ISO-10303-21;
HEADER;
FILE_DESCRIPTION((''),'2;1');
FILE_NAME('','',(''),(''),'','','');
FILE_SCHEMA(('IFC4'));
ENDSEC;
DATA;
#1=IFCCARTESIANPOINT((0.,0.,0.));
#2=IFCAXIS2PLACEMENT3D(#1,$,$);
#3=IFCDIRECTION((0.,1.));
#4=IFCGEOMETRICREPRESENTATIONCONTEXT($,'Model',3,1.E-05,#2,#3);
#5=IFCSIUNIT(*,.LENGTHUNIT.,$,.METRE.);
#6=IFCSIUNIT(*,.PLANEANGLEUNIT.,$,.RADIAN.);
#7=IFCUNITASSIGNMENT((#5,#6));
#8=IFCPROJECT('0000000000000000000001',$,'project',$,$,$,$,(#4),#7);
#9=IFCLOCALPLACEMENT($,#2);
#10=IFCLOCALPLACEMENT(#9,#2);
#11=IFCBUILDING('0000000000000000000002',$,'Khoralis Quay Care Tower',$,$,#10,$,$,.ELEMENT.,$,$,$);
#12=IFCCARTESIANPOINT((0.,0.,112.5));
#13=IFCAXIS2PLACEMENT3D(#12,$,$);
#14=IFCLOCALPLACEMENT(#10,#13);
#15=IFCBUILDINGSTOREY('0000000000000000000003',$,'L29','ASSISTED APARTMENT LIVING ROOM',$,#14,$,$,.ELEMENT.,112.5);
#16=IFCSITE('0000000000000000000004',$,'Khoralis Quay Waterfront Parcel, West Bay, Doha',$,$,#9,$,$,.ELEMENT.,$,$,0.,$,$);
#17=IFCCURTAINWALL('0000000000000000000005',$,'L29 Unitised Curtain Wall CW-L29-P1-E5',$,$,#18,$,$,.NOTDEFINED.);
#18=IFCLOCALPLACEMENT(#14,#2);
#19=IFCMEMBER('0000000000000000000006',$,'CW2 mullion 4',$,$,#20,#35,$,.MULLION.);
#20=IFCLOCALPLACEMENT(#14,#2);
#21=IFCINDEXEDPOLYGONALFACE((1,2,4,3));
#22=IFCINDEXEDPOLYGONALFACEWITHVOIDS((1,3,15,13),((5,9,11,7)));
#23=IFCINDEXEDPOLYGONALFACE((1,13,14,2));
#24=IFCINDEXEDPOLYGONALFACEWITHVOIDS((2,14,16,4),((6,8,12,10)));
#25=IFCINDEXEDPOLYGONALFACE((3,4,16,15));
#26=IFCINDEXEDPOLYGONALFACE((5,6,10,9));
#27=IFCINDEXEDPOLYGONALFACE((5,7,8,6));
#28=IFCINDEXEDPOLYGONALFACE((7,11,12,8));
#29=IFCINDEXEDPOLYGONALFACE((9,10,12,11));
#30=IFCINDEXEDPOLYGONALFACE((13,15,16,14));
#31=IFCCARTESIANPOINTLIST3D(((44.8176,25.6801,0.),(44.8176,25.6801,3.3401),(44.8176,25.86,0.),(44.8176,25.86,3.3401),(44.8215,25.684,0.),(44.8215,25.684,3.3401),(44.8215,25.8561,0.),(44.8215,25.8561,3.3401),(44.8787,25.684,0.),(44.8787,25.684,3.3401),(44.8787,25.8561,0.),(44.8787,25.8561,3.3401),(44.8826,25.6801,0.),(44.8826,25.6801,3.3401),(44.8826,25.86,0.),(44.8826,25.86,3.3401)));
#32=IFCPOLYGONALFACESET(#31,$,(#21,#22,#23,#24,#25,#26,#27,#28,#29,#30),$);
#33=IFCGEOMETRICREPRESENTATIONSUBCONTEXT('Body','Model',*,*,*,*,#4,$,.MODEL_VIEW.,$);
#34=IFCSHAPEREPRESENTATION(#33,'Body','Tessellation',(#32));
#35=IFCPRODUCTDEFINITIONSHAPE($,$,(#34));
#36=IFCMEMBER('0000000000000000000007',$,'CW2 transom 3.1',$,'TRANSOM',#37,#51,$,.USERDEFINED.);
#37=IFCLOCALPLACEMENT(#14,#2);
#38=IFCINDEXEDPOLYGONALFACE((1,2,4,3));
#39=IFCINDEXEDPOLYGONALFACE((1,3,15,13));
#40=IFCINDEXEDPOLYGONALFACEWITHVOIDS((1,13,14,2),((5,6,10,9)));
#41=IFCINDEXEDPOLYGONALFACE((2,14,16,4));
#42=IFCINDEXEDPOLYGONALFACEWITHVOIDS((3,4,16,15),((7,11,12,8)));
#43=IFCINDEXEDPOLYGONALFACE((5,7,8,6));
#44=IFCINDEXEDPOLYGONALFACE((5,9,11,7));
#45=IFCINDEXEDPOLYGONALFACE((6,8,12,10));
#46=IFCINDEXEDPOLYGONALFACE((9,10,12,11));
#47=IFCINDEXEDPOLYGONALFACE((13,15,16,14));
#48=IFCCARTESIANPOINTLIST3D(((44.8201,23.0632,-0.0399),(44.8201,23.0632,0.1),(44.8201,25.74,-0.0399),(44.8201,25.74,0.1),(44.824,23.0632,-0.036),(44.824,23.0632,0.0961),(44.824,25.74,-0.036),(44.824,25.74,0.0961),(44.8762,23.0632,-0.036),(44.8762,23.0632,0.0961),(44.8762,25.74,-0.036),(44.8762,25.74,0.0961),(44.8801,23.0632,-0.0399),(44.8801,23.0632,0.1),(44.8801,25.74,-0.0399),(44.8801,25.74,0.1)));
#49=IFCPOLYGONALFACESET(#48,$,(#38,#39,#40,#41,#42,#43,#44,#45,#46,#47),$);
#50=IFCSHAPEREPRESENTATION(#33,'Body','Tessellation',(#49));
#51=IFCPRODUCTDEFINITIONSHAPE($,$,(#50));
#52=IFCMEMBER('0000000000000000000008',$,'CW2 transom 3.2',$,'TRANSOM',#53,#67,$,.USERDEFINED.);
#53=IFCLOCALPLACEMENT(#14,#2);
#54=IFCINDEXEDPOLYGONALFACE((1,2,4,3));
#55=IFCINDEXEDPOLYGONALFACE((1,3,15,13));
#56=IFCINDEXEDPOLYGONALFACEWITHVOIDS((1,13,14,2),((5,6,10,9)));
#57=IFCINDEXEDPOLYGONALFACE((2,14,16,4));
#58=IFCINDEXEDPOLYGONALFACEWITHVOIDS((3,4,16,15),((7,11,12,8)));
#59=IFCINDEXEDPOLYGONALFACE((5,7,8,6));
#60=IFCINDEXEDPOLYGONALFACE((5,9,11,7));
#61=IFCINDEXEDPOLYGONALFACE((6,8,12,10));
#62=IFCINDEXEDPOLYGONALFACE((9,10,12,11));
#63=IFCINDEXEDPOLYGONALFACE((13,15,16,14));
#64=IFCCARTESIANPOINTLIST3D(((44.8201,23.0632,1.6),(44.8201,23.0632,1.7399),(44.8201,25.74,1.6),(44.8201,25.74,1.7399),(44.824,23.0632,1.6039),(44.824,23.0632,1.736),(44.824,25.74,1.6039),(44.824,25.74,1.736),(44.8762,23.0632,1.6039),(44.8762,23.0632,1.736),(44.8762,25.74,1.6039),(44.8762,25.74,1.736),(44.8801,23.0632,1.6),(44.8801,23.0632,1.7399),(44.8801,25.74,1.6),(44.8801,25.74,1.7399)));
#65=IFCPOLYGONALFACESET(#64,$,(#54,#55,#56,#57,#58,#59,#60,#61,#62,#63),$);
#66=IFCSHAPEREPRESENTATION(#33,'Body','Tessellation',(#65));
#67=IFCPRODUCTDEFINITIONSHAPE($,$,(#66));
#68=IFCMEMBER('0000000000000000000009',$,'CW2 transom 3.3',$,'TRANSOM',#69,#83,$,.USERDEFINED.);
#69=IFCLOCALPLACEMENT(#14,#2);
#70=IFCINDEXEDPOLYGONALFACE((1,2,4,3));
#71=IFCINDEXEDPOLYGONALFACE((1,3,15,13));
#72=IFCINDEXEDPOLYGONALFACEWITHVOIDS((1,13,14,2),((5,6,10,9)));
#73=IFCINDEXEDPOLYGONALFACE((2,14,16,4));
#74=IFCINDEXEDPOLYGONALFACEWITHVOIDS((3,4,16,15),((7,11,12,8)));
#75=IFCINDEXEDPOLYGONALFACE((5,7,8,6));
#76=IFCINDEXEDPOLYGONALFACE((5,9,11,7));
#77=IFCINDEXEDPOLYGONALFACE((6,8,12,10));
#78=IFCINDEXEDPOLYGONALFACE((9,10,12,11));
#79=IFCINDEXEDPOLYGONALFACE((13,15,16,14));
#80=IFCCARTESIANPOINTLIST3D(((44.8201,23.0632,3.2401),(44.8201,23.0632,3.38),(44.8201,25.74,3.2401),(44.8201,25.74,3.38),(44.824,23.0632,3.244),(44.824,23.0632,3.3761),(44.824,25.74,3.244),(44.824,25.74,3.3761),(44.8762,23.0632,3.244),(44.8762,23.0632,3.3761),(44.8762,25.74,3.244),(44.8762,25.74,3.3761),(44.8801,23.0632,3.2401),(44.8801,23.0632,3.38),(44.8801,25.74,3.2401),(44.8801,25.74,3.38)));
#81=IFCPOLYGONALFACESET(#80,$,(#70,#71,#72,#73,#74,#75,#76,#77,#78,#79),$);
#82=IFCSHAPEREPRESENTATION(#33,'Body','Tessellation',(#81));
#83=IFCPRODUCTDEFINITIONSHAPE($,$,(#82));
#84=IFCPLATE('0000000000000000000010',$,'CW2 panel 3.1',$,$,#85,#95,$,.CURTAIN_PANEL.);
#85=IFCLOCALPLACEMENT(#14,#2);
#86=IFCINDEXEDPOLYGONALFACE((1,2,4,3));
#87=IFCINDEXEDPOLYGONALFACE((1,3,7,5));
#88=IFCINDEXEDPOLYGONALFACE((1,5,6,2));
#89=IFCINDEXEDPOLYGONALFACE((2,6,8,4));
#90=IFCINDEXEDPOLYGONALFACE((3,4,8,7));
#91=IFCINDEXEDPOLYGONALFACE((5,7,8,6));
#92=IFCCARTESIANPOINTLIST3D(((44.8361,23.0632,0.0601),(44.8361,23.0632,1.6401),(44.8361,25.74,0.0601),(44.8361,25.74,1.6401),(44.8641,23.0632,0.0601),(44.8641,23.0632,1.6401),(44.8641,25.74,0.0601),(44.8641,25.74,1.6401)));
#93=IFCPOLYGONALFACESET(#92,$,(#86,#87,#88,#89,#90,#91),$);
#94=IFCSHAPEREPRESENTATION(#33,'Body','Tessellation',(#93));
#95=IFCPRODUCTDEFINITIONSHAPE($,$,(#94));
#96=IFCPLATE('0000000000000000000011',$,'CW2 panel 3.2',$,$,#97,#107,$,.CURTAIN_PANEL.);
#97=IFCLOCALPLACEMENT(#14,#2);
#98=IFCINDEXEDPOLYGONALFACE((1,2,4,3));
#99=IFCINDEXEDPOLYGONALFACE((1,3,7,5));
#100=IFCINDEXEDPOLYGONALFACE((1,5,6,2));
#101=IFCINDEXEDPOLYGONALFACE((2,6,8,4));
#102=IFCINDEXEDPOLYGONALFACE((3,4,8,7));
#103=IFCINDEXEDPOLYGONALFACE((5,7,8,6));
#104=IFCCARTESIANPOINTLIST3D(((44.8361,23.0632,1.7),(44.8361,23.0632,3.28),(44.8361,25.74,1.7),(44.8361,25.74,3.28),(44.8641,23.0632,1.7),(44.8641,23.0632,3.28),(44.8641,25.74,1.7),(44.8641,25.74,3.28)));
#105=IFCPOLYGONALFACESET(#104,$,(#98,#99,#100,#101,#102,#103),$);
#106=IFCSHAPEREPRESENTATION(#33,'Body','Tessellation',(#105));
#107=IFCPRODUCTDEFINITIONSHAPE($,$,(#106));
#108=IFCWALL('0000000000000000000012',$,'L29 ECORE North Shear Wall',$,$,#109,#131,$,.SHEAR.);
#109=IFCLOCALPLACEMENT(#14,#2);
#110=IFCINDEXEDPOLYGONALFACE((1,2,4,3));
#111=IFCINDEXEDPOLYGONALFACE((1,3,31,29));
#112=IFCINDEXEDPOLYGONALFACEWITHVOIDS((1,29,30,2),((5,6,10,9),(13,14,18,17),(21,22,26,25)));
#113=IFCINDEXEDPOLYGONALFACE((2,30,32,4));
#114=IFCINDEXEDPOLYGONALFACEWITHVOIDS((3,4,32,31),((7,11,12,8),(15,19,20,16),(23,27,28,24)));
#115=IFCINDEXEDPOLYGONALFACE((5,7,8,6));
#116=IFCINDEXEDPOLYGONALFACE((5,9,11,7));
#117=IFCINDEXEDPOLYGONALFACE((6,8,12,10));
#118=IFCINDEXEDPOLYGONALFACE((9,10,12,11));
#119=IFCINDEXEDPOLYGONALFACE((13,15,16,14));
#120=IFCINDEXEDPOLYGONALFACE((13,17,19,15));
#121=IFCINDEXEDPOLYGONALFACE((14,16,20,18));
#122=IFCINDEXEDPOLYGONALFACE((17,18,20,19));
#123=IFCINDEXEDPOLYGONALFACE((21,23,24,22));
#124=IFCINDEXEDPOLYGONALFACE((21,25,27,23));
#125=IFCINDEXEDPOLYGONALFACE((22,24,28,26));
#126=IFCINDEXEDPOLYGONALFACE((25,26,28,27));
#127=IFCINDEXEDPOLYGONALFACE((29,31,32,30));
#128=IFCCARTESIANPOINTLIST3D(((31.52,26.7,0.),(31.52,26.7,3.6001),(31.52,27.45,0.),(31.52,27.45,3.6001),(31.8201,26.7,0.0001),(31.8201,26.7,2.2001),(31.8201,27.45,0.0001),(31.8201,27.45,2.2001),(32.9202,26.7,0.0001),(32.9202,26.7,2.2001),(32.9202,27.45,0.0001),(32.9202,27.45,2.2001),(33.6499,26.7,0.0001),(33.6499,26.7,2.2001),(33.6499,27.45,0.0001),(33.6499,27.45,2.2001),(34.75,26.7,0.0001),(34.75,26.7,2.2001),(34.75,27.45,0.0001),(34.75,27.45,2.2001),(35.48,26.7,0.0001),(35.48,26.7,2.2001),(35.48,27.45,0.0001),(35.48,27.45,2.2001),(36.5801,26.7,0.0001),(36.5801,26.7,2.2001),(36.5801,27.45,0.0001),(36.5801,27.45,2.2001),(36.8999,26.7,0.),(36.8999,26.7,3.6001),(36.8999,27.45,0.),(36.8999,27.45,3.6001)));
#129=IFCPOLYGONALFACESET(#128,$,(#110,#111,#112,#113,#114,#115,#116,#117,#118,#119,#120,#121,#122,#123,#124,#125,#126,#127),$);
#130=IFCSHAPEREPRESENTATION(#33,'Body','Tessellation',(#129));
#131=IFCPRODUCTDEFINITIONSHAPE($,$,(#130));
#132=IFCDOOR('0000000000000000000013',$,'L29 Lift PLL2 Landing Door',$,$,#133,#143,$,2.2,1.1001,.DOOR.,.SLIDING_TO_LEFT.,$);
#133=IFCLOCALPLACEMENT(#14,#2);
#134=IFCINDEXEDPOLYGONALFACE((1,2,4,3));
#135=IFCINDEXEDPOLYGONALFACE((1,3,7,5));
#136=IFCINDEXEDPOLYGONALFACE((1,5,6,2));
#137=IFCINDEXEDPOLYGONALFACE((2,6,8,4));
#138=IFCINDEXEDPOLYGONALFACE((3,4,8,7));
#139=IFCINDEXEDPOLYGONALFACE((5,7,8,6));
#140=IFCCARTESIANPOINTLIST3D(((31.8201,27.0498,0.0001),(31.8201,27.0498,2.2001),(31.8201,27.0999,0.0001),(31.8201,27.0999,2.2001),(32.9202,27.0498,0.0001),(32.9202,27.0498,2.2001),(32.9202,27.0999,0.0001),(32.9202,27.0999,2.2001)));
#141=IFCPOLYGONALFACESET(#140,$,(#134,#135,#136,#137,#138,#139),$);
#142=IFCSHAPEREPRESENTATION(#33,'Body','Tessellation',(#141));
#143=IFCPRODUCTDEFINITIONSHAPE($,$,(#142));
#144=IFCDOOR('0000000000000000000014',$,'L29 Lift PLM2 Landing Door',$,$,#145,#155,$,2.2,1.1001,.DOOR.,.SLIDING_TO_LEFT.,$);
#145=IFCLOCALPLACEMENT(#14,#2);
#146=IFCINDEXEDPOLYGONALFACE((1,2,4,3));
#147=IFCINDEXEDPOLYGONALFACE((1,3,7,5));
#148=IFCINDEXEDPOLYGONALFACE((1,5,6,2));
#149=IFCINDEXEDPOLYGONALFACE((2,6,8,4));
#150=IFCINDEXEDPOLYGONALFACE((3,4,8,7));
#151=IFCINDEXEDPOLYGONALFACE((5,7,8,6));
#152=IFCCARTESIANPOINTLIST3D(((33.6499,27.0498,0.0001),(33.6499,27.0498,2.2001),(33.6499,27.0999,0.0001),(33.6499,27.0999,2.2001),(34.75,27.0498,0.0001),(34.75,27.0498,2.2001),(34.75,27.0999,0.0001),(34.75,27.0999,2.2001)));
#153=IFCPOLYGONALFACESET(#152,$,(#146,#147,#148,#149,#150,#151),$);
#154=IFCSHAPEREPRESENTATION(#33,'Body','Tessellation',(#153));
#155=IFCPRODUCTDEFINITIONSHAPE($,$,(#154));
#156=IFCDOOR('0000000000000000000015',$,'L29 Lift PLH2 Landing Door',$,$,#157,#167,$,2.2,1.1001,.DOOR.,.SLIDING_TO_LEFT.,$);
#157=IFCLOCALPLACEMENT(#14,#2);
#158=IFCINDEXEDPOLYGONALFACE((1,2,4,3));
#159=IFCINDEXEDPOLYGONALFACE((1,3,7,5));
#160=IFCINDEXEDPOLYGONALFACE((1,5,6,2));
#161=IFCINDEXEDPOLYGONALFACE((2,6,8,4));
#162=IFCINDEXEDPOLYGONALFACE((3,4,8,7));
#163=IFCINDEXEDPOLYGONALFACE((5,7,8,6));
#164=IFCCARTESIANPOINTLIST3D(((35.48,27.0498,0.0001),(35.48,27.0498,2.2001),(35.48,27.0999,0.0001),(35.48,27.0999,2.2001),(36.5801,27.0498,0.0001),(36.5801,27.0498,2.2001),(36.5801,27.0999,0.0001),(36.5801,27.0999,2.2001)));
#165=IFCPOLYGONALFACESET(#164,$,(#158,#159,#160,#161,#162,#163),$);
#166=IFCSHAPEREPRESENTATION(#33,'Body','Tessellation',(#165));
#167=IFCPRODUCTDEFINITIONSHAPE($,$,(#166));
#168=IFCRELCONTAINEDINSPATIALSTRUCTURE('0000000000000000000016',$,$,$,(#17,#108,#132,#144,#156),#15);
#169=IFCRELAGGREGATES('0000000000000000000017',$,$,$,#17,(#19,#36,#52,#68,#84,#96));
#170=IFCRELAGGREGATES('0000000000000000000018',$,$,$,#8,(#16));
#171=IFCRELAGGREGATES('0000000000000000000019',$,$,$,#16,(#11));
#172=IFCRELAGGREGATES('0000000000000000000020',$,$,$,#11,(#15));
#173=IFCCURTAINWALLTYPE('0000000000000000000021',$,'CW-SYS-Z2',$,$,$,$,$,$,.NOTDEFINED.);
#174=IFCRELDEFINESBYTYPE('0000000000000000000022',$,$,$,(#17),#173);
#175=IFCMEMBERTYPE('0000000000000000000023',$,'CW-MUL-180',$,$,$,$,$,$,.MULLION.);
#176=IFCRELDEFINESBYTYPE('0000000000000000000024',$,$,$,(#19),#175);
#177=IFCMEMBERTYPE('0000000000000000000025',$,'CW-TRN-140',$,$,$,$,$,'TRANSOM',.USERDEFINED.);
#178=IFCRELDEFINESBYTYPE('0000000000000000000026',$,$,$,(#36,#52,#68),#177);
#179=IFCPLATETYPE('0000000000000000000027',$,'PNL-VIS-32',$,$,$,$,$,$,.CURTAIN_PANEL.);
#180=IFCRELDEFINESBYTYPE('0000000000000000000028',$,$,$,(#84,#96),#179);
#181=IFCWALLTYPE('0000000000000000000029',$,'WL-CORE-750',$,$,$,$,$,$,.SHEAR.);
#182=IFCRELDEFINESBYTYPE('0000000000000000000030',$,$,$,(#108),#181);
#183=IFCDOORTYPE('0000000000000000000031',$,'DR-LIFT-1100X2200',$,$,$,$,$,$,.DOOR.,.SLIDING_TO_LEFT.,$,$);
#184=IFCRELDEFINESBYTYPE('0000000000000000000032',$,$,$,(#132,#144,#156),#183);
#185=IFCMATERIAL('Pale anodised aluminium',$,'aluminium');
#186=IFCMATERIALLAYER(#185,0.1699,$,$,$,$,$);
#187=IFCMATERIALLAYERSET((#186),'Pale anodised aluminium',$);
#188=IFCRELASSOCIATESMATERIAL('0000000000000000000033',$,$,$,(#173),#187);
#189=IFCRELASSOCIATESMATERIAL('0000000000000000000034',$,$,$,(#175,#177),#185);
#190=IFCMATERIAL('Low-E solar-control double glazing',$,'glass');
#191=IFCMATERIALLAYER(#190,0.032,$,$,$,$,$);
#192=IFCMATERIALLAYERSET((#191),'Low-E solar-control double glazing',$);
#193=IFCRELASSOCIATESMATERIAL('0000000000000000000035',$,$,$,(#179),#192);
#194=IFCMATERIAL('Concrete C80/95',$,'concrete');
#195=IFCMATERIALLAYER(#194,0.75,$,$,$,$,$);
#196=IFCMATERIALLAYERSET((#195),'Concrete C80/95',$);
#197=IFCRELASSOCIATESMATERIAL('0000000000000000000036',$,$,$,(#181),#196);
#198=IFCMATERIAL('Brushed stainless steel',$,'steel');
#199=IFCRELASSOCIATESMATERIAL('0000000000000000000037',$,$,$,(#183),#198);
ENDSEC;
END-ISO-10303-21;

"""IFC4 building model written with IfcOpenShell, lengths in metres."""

from ifc_helpers import new_model, si_unit, direction, frame, frame_2d, origin, origin_2d, place, context, subcontext, project, spatial, rectangle, hollow_rectangle, extrude, source, transform, mapped, material, layer, layer_set, material_profile, profile_set, type_object, element, fill, aggregate, save


model = new_model("IFC4")

# Units and contexts
model_context = context("Model", 3, precision=1e-05, world=origin(), true_north=direction((0.0, 1.0)))
body_context = subcontext(model_context, "Body", "Model", "MODEL_VIEW")
ifc_project = project(units=[si_unit("LENGTHUNIT", "METRE"), si_unit("PLANEANGLEUNIT", "RADIAN")], contexts=[model_context])

# Site, building, storey
site_placement = place(None, origin())
site = spatial("IfcSite", under=ifc_project, at=site_placement, Name="Khoralis Quay Waterfront Parcel, West Bay, Doha", CompositionType="ELEMENT", RefElevation=0.0)
building_placement = place(site_placement, origin())
building = spatial("IfcBuilding", under=site, at=building_placement, Name="Khoralis Quay Care Tower", CompositionType="ELEMENT")
storey_placement = place(building_placement, frame((0.0, 0.0, 112.5)))
storey = spatial("IfcBuildingStorey", under=building, at=storey_placement, Name="L29", Description="ASSISTED APARTMENT LIVING ROOM", CompositionType="ELEMENT", Elevation=112.5)

# Curtain wall, members, plates
ifc_material_1 = material(Name="Pale anodised aluminium", Category="aluminium")
ifc_layer_1 = layer(ifc_material_1, 0.1699)
ifc_layer_set_1 = layer_set([ifc_layer_1], Name="Pale anodised aluminium")
curtain_wall_type = type_object("IfcCurtainWallType", Name="CW-SYS-Z2", PredefinedType="NOTDEFINED", material=ifc_layer_set_1)
curtain_wall_placement = place(storey_placement, origin())
curtain_wall = element("IfcCurtainWall", 1, at=curtain_wall_placement, inside=storey, type_object=curtain_wall_type, Name="L29 Unitised Curtain Wall CW-L29-P1-E5", PredefinedType="NOTDEFINED")
ifc_material_profile_1 = material_profile(ifc_material_1, hollow_rectangle(XDim=0.0649, YDim=0.1799, WallThickness=0.0039, at=origin_2d()), Name="Pale anodised aluminium")
ifc_profile_set_1 = profile_set([ifc_material_profile_1], Name="Pale anodised aluminium")
member_type_1 = type_object("IfcMemberType", Name="CW-MUL-180", PredefinedType="MULLION", material=ifc_profile_set_1)
shared_shape_1 = source(origin(), body_context, "Body", "SweptSolid", [
    extrude(hollow_rectangle(XDim=0.0649, YDim=0.1799, WallThickness=0.0039, at=origin_2d()), origin(), (0.0, 0.0, 1.0), 3.3401),
])
member_1_placement = place(storey_placement, frame((44.8501, 25.77, 0.0), z_axis=(0.0, 0.0, 1.0), x_axis=(-1.0, 0.0, 0.0)))
member_1 = element("IfcMember", 2, at=member_1_placement, type_object=member_type_1, Name="CW2 mullion 4", PredefinedType="MULLION", context=body_context, shape_type="MappedRepresentation", body=[
    mapped(shared_shape_1, transform((0.0, 0.0, 0.0), scale=1.0)),
])
ifc_material_profile_2 = material_profile(ifc_material_1, hollow_rectangle(XDim=0.0601, YDim=0.1399, WallThickness=0.0039, at=origin_2d()), Name="Pale anodised aluminium")
ifc_profile_set_2 = profile_set([ifc_material_profile_2], Name="Pale anodised aluminium")
member_type_2 = type_object("IfcMemberType", Name="CW-TRN-140", ElementType="TRANSOM", PredefinedType="USERDEFINED", material=ifc_profile_set_2)
shared_shape_2 = source(origin(), body_context, "Body", "SweptSolid", [
    extrude(hollow_rectangle(XDim=0.0601, YDim=0.1399, WallThickness=0.0039, at=origin_2d()), origin(), (0.0, 0.0, 1.0), 2.6768),
])
member_2_placement = place(storey_placement, frame((44.8501, 23.0632, 0.03), z_axis=(0.0, 1.0, 0.0), x_axis=(-1.0, 0.0, 0.0)))
member_2 = element("IfcMember", 3, at=member_2_placement, type_object=member_type_2, Name="CW2 transom 3.1", ObjectType="TRANSOM", PredefinedType="USERDEFINED", context=body_context, shape_type="MappedRepresentation", body=[
    mapped(shared_shape_2, transform((0.0, 0.0, 0.0), scale=1.0)),
])
member_3_placement = place(storey_placement, frame((44.8501, 23.0632, 1.6699), z_axis=(0.0, 1.0, 0.0), x_axis=(-1.0, 0.0, 0.0)))
member_3 = element("IfcMember", 4, at=member_3_placement, type_object=member_type_2, Name="CW2 transom 3.2", ObjectType="TRANSOM", PredefinedType="USERDEFINED", context=body_context, shape_type="MappedRepresentation", body=[
    mapped(shared_shape_2, transform((0.0, 0.0, 0.0), scale=1.0)),
])
member_4_placement = place(storey_placement, frame((44.8501, 23.0632, 3.3101), z_axis=(0.0, 1.0, 0.0), x_axis=(-1.0, 0.0, 0.0)))
member_4 = element("IfcMember", 5, at=member_4_placement, type_object=member_type_2, Name="CW2 transom 3.3", ObjectType="TRANSOM", PredefinedType="USERDEFINED", context=body_context, shape_type="MappedRepresentation", body=[
    mapped(shared_shape_2, transform((0.0, 0.0, 0.0), scale=1.0)),
])
ifc_material_2 = material(Name="Low-E solar-control double glazing", Category="glass")
ifc_layer_2 = layer(ifc_material_2, 0.032)
ifc_layer_set_2 = layer_set([ifc_layer_2], Name="Low-E solar-control double glazing")
plate_type = type_object("IfcPlateType", Name="PNL-VIS-32", PredefinedType="CURTAIN_PANEL", material=ifc_layer_set_2)
shared_shape_3 = source(origin(), body_context, "Body", "SweptSolid", [
    extrude(rectangle(XDim=2.6768, YDim=0.0281, at=origin_2d()), origin(), (0.0, 0.0, 1.0), 1.5801),
])
plate_1_placement = place(storey_placement, frame((44.8501, 24.4016, 0.0601), z_axis=(0.0, 0.0, 1.0), x_axis=(0.0, 1.0, 0.0)))
plate_1 = element("IfcPlate", 6, at=plate_1_placement, type_object=plate_type, Name="CW2 panel 3.1", PredefinedType="CURTAIN_PANEL", context=body_context, shape_type="MappedRepresentation", body=[
    mapped(shared_shape_3, transform((0.0, 0.0, 0.0), scale=1.0)),
])
plate_2_placement = place(storey_placement, frame((44.8501, 24.4016, 1.7), z_axis=(0.0, 0.0, 1.0), x_axis=(0.0, 1.0, 0.0)))
plate_2 = element("IfcPlate", 7, at=plate_2_placement, type_object=plate_type, Name="CW2 panel 3.2", PredefinedType="CURTAIN_PANEL", context=body_context, shape_type="MappedRepresentation", body=[
    mapped(shared_shape_3, transform((0.0, 0.0, 0.0), scale=1.0)),
])
aggregate(curtain_wall, [member_1, member_2, member_3, member_4, plate_1, plate_2])

# Wall, openings, doors
ifc_material_3 = material(Name="Concrete C80/95", Category="concrete")
ifc_layer_3 = layer(ifc_material_3, 0.75)
ifc_layer_set_3 = layer_set([ifc_layer_3], Name="Concrete C80/95")
wall_type_1 = type_object("IfcWallType", Name="WL-CORE-750", PredefinedType="SHEAR", material=ifc_layer_set_3)
wall_1_placement = place(storey_placement, frame((31.52, 27.075, 0.0), z_axis=(0.0, 0.0, 1.0), x_axis=(1.0, 0.0, 0.0)))
wall_1 = element("IfcWall", 8, at=wall_1_placement, inside=storey, type_object=wall_type_1, Name="L29 ECORE North Shear Wall", PredefinedType="SHEAR", context=body_context, shape_type="SweptSolid", body=[
    extrude(rectangle(XDim=5.3799, YDim=0.75, at=frame_2d((2.6899, 0.0))), origin(), (0.0, 0.0, 1.0), 3.6001),
])
opening_1_placement = place(wall_1_placement, frame((0.3, 0.0, 0.0)))
opening_1 = element("IfcOpeningElement", 9, at=opening_1_placement, cuts=wall_1, PredefinedType="OPENING", context=body_context, shape_type="SweptSolid", body=[
    extrude(rectangle(XDim=1.1001, YDim=2.2, at=frame_2d((0.55, 1.1001))), frame((0.0, 0.385, 0.0), z_axis=(0.0, -1.0, 0.0), x_axis=(1.0, 0.0, 0.0)), (0.0, 0.0, 1.0), 0.77),
])
opening_2_placement = place(wall_1_placement, frame((2.1299, 0.0, 0.0)))
opening_2 = element("IfcOpeningElement", 10, at=opening_2_placement, cuts=wall_1, PredefinedType="OPENING", context=body_context, shape_type="SweptSolid", body=[
    extrude(rectangle(XDim=1.1001, YDim=2.2, at=frame_2d((0.55, 1.1001))), frame((0.0, 0.385, 0.0), z_axis=(0.0, -1.0, 0.0), x_axis=(1.0, 0.0, 0.0)), (0.0, 0.0, 1.0), 0.77),
])
opening_3_placement = place(wall_1_placement, frame((3.96, 0.0, 0.0)))
opening_3 = element("IfcOpeningElement", 11, at=opening_3_placement, cuts=wall_1, PredefinedType="OPENING", context=body_context, shape_type="SweptSolid", body=[
    extrude(rectangle(XDim=1.1001, YDim=2.2, at=frame_2d((0.55, 1.1001))), frame((0.0, 0.385, 0.0), z_axis=(0.0, -1.0, 0.0), x_axis=(1.0, 0.0, 0.0)), (0.0, 0.0, 1.0), 0.77),
])
ifc_material_4 = material(Name="Brushed stainless steel", Category="steel")
door_type = type_object("IfcDoorType", Name="DR-LIFT-1100X2200", OperationType="SLIDING_TO_LEFT", PredefinedType="DOOR", material=ifc_material_4)
shared_shape_4 = source(origin(), body_context, "Body", "SweptSolid", [
    extrude(rectangle(XDim=1.1001, YDim=2.2, at=frame_2d((0.55, 1.1001))), frame((0.0, 0.0249, 0.0), z_axis=(0.0, -1.0, 0.0), x_axis=(1.0, 0.0, 0.0)), (0.0, 0.0, 1.0), 0.05),
])
door_1_placement = place(opening_1_placement, origin())
door_1 = element("IfcDoor", 12, at=door_1_placement, inside=storey, type_object=door_type, Name="L29 Lift PLL2 Landing Door", OperationType="SLIDING_TO_LEFT", OverallHeight=2.2, OverallWidth=1.1001, PredefinedType="DOOR", context=body_context, shape_type="MappedRepresentation", body=[
    mapped(shared_shape_4, transform((0.0, 0.0, 0.0), scale=1.0)),
])
fill(opening_1, door_1)
door_2_placement = place(opening_2_placement, origin())
door_2 = element("IfcDoor", 13, at=door_2_placement, inside=storey, type_object=door_type, Name="L29 Lift PLM2 Landing Door", OperationType="SLIDING_TO_LEFT", OverallHeight=2.2, OverallWidth=1.1001, PredefinedType="DOOR", context=body_context, shape_type="MappedRepresentation", body=[
    mapped(shared_shape_4, transform((0.0, 0.0, 0.0), scale=1.0)),
])
fill(opening_2, door_2)
door_3_placement = place(opening_3_placement, origin())
door_3 = element("IfcDoor", 14, at=door_3_placement, inside=storey, type_object=door_type, Name="L29 Lift PLH2 Landing Door", OperationType="SLIDING_TO_LEFT", OverallHeight=2.2, OverallWidth=1.1001, PredefinedType="DOOR", context=body_context, shape_type="MappedRepresentation", body=[
    mapped(shared_shape_4, transform((0.0, 0.0, 0.0), scale=1.0)),
])
fill(opening_3, door_3)

save(model, "model.ifc")
